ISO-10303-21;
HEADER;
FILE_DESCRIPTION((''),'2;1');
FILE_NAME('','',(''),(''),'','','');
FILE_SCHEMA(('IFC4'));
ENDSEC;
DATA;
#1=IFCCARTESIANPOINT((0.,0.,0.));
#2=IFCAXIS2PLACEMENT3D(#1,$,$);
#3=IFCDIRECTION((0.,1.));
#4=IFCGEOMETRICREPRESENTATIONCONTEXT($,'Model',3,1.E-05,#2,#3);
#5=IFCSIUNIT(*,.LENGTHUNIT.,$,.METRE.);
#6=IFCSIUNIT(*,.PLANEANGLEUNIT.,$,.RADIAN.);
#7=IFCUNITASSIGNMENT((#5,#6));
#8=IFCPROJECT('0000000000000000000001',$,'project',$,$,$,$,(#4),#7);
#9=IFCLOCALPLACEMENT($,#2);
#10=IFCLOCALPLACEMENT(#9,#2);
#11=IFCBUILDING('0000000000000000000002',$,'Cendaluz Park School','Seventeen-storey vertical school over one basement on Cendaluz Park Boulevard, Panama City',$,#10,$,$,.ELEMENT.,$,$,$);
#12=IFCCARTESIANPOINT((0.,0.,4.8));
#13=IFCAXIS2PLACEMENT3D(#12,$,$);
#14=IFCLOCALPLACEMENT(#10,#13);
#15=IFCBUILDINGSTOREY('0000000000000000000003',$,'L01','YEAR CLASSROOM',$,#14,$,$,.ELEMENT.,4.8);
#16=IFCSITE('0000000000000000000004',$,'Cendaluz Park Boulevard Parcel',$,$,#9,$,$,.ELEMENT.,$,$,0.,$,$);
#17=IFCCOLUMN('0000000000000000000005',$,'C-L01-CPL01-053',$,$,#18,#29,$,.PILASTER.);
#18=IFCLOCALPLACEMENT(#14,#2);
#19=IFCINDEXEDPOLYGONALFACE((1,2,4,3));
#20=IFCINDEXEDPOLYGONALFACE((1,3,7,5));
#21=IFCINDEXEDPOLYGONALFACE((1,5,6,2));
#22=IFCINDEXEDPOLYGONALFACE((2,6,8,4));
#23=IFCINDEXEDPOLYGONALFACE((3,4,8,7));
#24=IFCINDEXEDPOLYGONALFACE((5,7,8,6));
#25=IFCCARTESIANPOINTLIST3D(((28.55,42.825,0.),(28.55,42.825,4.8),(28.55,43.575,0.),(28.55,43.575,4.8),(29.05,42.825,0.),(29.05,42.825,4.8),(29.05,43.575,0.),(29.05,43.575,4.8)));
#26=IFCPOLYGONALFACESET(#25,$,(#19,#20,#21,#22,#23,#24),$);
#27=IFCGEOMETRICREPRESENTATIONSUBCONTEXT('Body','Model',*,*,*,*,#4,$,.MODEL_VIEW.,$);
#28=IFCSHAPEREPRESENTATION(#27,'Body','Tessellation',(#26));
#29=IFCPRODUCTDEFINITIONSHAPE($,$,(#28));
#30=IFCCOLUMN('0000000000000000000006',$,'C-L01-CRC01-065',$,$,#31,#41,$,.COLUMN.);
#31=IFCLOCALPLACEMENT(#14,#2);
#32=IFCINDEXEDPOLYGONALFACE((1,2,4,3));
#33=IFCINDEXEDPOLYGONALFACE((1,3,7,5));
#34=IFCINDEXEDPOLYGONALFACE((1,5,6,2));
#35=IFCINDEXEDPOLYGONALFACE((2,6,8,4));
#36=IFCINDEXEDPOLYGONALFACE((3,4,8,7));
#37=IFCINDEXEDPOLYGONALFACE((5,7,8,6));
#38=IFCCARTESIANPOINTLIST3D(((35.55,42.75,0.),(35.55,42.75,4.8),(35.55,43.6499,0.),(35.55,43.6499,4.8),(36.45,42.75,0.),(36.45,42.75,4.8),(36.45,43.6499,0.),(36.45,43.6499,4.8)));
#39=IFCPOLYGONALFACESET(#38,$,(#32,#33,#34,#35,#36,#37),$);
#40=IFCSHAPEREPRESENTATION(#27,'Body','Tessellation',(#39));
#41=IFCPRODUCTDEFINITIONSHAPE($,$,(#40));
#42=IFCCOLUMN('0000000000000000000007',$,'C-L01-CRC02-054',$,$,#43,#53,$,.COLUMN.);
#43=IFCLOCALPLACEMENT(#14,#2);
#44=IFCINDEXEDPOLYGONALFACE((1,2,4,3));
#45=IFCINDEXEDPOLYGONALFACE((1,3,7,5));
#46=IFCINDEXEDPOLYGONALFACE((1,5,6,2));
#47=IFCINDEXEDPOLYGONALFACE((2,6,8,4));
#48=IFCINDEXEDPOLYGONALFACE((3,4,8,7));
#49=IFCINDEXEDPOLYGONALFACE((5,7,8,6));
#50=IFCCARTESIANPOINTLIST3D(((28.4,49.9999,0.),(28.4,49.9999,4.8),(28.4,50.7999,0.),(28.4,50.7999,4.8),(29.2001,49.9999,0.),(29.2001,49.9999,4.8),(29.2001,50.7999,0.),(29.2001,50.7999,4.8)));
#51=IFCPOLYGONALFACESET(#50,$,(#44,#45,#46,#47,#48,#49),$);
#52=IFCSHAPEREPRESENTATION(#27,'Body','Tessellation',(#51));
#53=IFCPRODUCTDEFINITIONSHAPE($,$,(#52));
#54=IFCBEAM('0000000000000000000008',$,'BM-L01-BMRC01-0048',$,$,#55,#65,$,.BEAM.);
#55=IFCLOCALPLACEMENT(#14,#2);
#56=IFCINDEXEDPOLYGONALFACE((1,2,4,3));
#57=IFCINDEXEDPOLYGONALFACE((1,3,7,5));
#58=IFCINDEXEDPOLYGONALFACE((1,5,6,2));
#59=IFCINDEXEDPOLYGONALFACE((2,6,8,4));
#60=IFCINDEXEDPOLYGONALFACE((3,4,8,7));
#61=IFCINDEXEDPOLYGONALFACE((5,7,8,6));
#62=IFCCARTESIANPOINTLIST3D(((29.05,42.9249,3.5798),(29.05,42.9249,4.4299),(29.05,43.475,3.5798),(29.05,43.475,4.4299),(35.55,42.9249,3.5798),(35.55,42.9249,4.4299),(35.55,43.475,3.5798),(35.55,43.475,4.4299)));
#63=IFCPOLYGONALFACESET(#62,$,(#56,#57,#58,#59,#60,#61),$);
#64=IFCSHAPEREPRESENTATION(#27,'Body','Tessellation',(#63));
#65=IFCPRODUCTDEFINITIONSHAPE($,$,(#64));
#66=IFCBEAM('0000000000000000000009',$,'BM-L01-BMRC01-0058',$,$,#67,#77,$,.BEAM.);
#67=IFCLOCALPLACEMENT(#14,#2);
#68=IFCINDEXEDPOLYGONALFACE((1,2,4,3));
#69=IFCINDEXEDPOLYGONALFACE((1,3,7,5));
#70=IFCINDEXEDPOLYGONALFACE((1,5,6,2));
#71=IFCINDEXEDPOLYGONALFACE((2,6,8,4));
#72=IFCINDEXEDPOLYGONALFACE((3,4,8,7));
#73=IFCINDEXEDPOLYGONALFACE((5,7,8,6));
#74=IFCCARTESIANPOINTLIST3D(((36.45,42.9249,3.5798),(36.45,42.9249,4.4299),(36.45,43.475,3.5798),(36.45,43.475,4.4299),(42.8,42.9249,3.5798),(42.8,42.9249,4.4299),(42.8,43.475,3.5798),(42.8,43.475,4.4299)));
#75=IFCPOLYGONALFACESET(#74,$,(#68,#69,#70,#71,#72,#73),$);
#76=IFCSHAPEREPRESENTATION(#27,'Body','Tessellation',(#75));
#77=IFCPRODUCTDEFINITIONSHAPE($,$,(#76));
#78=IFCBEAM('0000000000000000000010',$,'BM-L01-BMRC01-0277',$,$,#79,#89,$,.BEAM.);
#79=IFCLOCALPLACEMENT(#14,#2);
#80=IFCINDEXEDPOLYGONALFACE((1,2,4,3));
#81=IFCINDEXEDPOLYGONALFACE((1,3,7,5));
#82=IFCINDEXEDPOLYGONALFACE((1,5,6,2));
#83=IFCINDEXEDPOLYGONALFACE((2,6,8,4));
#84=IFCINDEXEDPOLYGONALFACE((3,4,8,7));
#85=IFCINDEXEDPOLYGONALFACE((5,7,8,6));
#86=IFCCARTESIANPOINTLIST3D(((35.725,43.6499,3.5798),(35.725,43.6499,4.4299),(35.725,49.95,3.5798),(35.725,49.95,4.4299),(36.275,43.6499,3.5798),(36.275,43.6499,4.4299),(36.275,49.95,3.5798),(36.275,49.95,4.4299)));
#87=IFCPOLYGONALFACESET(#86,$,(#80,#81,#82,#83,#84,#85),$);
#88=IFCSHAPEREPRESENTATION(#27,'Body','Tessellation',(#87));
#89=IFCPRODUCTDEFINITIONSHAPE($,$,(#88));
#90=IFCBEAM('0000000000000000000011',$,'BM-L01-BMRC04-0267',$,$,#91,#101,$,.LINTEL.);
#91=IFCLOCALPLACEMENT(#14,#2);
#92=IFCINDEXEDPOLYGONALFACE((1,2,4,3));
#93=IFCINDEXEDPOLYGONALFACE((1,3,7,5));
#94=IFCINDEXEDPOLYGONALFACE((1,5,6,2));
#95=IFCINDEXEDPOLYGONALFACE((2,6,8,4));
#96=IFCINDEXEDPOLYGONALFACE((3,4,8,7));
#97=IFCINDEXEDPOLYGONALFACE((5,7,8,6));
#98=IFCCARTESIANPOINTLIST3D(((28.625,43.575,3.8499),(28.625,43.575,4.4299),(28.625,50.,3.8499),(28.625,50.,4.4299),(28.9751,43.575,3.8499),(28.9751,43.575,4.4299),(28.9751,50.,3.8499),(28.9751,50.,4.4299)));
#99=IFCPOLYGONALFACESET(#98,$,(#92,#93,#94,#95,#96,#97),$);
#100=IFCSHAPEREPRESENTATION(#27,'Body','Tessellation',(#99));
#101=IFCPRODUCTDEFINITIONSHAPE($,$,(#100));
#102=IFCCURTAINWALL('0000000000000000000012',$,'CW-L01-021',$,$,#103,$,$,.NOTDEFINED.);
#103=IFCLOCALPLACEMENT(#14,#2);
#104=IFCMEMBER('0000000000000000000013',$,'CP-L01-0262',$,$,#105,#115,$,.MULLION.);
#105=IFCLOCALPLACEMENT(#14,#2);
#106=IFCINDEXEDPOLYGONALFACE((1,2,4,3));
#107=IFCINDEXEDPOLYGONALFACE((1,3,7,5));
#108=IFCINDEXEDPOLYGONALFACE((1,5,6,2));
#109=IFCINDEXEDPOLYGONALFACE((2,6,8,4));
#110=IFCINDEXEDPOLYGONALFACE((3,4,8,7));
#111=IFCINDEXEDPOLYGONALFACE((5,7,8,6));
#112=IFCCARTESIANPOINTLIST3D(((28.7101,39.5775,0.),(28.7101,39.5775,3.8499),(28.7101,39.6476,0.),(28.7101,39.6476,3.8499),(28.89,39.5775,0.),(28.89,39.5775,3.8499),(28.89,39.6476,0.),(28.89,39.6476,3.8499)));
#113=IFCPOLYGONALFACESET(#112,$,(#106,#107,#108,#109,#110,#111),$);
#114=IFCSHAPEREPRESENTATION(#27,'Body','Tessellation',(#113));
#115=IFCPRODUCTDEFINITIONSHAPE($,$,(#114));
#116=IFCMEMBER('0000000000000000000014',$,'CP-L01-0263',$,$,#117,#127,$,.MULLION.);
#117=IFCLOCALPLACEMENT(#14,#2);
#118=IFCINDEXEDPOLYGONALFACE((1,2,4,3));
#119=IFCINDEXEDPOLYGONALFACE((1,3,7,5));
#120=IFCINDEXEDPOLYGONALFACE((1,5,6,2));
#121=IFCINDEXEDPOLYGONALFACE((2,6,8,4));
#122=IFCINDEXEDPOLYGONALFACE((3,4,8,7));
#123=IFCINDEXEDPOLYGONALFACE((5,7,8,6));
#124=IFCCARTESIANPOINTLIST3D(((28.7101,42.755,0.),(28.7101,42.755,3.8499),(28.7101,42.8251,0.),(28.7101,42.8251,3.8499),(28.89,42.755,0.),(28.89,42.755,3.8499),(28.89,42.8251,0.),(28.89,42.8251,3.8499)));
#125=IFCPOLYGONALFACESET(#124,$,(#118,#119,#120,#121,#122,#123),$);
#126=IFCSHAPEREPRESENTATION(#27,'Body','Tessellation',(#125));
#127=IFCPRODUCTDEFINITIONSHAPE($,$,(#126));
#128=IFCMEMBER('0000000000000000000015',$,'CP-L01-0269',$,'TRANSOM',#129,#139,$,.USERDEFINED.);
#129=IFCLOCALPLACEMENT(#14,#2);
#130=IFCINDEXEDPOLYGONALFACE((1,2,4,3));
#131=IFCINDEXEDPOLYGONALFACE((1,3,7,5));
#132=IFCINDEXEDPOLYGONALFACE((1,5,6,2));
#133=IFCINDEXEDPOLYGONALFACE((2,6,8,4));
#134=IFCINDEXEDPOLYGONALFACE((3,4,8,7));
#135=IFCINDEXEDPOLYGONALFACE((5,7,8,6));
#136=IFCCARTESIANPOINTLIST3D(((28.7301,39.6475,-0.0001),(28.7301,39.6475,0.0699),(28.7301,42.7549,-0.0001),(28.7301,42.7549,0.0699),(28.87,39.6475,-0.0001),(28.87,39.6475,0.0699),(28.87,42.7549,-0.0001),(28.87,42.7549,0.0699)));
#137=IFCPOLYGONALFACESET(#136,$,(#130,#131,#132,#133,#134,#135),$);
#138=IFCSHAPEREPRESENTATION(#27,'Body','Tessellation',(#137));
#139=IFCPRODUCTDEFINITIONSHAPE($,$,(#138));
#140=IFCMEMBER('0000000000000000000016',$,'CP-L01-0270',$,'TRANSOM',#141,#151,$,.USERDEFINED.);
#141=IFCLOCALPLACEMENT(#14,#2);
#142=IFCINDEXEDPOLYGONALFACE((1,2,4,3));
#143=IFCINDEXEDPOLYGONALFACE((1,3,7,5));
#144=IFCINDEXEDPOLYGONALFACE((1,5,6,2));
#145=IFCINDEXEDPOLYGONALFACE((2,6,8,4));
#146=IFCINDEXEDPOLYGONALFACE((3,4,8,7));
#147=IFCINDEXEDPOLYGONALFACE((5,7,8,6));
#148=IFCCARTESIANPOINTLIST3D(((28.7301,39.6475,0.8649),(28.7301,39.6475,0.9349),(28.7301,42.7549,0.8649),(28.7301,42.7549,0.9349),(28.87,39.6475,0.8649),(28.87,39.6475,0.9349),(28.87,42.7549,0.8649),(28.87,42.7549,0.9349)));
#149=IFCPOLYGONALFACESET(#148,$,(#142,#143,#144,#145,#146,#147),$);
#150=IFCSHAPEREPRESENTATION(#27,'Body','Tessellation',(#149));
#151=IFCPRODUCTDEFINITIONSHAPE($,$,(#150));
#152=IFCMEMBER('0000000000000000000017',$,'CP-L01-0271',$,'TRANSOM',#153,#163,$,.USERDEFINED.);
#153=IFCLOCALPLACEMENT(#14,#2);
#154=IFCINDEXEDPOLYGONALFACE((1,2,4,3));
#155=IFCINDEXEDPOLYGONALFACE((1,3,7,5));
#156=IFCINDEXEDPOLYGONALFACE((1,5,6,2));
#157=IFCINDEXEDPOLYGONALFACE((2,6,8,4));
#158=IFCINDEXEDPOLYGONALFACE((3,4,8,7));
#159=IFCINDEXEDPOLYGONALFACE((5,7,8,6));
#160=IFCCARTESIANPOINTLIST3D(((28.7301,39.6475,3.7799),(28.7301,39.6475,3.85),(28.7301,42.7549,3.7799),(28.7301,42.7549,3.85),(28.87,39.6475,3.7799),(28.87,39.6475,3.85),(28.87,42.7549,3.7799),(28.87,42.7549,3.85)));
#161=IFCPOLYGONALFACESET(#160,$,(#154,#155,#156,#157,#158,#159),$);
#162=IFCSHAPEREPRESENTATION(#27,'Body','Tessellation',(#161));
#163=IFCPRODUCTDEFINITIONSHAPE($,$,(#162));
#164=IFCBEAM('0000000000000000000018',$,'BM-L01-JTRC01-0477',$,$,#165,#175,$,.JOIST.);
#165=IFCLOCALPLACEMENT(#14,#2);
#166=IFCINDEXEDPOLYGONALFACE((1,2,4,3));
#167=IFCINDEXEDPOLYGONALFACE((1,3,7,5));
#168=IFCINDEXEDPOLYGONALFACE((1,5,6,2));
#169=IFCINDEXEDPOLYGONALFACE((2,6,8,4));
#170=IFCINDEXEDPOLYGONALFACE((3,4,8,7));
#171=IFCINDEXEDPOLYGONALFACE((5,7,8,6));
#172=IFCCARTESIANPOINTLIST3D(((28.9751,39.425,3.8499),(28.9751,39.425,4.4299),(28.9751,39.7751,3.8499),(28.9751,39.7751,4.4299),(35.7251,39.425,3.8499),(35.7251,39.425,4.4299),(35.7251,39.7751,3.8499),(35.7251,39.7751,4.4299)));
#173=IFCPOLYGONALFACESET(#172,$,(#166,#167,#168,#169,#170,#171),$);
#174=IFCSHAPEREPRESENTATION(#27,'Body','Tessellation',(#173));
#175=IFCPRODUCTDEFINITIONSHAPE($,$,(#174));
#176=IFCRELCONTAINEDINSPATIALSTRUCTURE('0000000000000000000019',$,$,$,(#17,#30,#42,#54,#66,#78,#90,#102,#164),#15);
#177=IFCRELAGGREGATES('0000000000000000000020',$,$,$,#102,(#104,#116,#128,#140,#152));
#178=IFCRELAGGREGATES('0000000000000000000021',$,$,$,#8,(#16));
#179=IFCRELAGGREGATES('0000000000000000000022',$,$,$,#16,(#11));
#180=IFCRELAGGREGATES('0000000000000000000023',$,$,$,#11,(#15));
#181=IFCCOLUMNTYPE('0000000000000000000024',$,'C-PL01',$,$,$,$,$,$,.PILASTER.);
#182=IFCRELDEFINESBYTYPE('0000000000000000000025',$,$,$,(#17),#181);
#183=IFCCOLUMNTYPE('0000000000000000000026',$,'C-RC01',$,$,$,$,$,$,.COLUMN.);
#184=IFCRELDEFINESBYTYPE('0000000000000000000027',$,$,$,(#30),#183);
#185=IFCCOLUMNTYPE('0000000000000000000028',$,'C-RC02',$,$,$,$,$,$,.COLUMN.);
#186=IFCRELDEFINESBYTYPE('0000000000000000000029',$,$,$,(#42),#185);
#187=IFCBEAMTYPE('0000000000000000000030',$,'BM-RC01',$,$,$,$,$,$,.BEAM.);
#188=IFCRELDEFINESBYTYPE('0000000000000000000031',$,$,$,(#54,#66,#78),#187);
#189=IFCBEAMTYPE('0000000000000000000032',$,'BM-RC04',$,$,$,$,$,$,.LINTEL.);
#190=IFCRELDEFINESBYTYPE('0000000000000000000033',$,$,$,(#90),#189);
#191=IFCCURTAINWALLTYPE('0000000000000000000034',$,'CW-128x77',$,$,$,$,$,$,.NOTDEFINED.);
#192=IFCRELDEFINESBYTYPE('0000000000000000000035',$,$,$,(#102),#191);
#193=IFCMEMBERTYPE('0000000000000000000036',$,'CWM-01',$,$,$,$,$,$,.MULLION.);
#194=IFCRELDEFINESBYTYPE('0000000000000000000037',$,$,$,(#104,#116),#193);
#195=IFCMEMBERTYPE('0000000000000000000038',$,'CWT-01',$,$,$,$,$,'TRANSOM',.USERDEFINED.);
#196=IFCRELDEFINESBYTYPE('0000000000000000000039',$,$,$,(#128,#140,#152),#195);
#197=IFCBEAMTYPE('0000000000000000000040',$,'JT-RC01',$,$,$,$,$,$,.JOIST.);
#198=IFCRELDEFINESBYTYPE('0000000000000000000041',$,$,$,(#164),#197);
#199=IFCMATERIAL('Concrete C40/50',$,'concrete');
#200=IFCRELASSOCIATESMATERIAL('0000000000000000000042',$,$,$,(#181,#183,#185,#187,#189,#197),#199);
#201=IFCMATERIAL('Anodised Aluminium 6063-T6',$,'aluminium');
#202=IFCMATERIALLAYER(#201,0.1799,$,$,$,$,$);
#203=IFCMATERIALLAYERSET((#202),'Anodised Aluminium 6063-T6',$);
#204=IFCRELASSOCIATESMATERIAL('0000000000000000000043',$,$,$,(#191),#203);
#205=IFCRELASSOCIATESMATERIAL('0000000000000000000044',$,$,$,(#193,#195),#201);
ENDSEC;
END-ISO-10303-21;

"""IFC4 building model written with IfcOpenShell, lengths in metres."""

from ifc_helpers import new_model, si_unit, direction, frame, origin, origin_2d, place, context, subcontext, project, spatial, rectangle, extrude, material, layer, layer_set, material_profile, profile_set, type_object, element, aggregate, save


model = new_model("IFC4")

# Units and contexts
model_context = context("Model", 3, precision=1e-05, world=origin(), true_north=direction((0.0, 1.0)))
body_context = subcontext(model_context, "Body", "Model", "MODEL_VIEW")
ifc_project = project(units=[si_unit("LENGTHUNIT", "METRE"), si_unit("PLANEANGLEUNIT", "RADIAN")], contexts=[model_context])

# Site, building, storey
site_placement = place(None, origin())
site = spatial("IfcSite", under=ifc_project, at=site_placement, Name="Cendaluz Park Boulevard Parcel", CompositionType="ELEMENT", RefElevation=0.0)
building_placement = place(site_placement, origin())
building = spatial("IfcBuilding", under=site, at=building_placement, Name="Cendaluz Park School", Description="Seventeen-storey vertical school over one basement on Cendaluz Park Boulevard, Panama City", CompositionType="ELEMENT")
storey_placement = place(building_placement, frame((0.0, 0.0, 4.8)))
storey = spatial("IfcBuildingStorey", under=building, at=storey_placement, Name="L01", Description="YEAR CLASSROOM", CompositionType="ELEMENT", Elevation=4.8)

# Columns
ifc_material_1 = material(Name="Concrete C40/50", Category="concrete")
ifc_material_profile_1 = material_profile(ifc_material_1, rectangle(XDim=0.5, YDim=0.75, at=origin_2d()), Name="RC 500x750", Category="concrete")
ifc_profile_set_1 = profile_set([ifc_material_profile_1], Name="Concrete C40/50")
column_type_1 = type_object("IfcColumnType", Name="C-PL01", PredefinedType="PILASTER", material=ifc_profile_set_1)
column_1_placement = place(storey_placement, frame((28.8, 43.2, 0.0), z_axis=(0.0, 0.0, 1.0), x_axis=(1.0, 0.0, 0.0)))
element("IfcColumn", 1, at=column_1_placement, inside=storey, type_object=column_type_1, Name="C-L01-CPL01-053", PredefinedType="PILASTER", context=body_context, shape_type="SweptSolid", body=[
    extrude(rectangle(XDim=0.5, YDim=0.75, at=origin_2d()), origin(), (0.0, 0.0, 1.0), 4.8),
])
ifc_material_profile_2 = material_profile(ifc_material_1, rectangle(XDim=0.8999, YDim=0.8999, at=origin_2d()), Name="RC 900x900", Category="concrete")
ifc_profile_set_2 = profile_set([ifc_material_profile_2], Name="Concrete C40/50")
column_type_2 = type_object("IfcColumnType", Name="C-RC01", PredefinedType="COLUMN", material=ifc_profile_set_2)
column_2_placement = place(storey_placement, frame((36.0, 43.2, 0.0), z_axis=(0.0, 0.0, 1.0), x_axis=(1.0, 0.0, 0.0)))
element("IfcColumn", 2, at=column_2_placement, inside=storey, type_object=column_type_2, Name="C-L01-CRC01-065", PredefinedType="COLUMN", context=body_context, shape_type="SweptSolid", body=[
    extrude(rectangle(XDim=0.8999, YDim=0.8999, at=origin_2d()), origin(), (0.0, 0.0, 1.0), 4.8),
])
ifc_material_profile_3 = material_profile(ifc_material_1, rectangle(XDim=0.8, YDim=0.8, at=origin_2d()), Name="RC 800x800", Category="concrete")
ifc_profile_set_3 = profile_set([ifc_material_profile_3], Name="Concrete C40/50")
column_type_3 = type_object("IfcColumnType", Name="C-RC02", PredefinedType="COLUMN", material=ifc_profile_set_3)
column_3_placement = place(storey_placement, frame((28.8, 50.3999, 0.0), z_axis=(0.0, 0.0, 1.0), x_axis=(1.0, 0.0, 0.0)))
element("IfcColumn", 3, at=column_3_placement, inside=storey, type_object=column_type_3, Name="C-L01-CRC02-054", PredefinedType="COLUMN", context=body_context, shape_type="SweptSolid", body=[
    extrude(rectangle(XDim=0.8, YDim=0.8, at=origin_2d()), origin(), (0.0, 0.0, 1.0), 4.8),
])

# Beams
ifc_material_profile_4 = material_profile(ifc_material_1, rectangle(XDim=0.55, YDim=0.8501, at=origin_2d()), Name="RC 550x850", Category="concrete")
ifc_profile_set_4 = profile_set([ifc_material_profile_4], Name="Concrete C40/50")
beam_type_1 = type_object("IfcBeamType", Name="BM-RC01", PredefinedType="BEAM", material=ifc_profile_set_4)
beam_1_placement = place(storey_placement, frame((29.05, 43.2, 4.0049), z_axis=(1.0, 0.0, 0.0), x_axis=(0.0, 1.0, 0.0)))
element("IfcBeam", 4, at=beam_1_placement, inside=storey, type_object=beam_type_1, Name="BM-L01-BMRC01-0048", PredefinedType="BEAM", context=body_context, shape_type="SweptSolid", body=[
    extrude(rectangle(XDim=0.55, YDim=0.8501, at=origin_2d()), origin(), (0.0, 0.0, 1.0), 6.5),
])
beam_2_placement = place(storey_placement, frame((36.45, 43.2, 4.0049), z_axis=(1.0, 0.0, 0.0), x_axis=(0.0, 1.0, 0.0)))
element("IfcBeam", 5, at=beam_2_placement, inside=storey, type_object=beam_type_1, Name="BM-L01-BMRC01-0058", PredefinedType="BEAM", context=body_context, shape_type="SweptSolid", body=[
    extrude(rectangle(XDim=0.55, YDim=0.8501, at=origin_2d()), origin(), (0.0, 0.0, 1.0), 6.3501),
])
beam_3_placement = place(storey_placement, frame((36.0, 43.6499, 4.0049), z_axis=(0.0, 1.0, 0.0), x_axis=(-1.0, 0.0, 0.0)))
element("IfcBeam", 6, at=beam_3_placement, inside=storey, type_object=beam_type_1, Name="BM-L01-BMRC01-0277", PredefinedType="BEAM", context=body_context, shape_type="SweptSolid", body=[
    extrude(rectangle(XDim=0.55, YDim=0.8501, at=origin_2d()), origin(), (0.0, 0.0, 1.0), 6.3),
])
ifc_material_profile_5 = material_profile(ifc_material_1, rectangle(XDim=0.3501, YDim=0.5801, at=origin_2d()), Name="RC 350x580", Category="concrete")
ifc_profile_set_5 = profile_set([ifc_material_profile_5], Name="Concrete C40/50")
beam_type_2 = type_object("IfcBeamType", Name="BM-RC04", PredefinedType="LINTEL", material=ifc_profile_set_5)
beam_4_placement = place(storey_placement, frame((28.8, 43.575, 4.1399), z_axis=(0.0, 1.0, 0.0), x_axis=(-1.0, 0.0, 0.0)))
element("IfcBeam", 7, at=beam_4_placement, inside=storey, type_object=beam_type_2, Name="BM-L01-BMRC04-0267", PredefinedType="LINTEL", context=body_context, shape_type="SweptSolid", body=[
    extrude(rectangle(XDim=0.3501, YDim=0.5801, at=origin_2d()), origin(), (0.0, 0.0, 1.0), 6.425),
])

# Curtain wall, members
ifc_material_2 = material(Name="Anodised Aluminium 6063-T6", Category="aluminium")
ifc_layer_1 = layer(ifc_material_2, 0.1799)
ifc_layer_set_1 = layer_set([ifc_layer_1], Name="Anodised Aluminium 6063-T6")
curtain_wall_type = type_object("IfcCurtainWallType", Name="CW-128x77", PredefinedType="NOTDEFINED", material=ifc_layer_set_1)
curtain_wall_placement = place(storey_placement, origin())
curtain_wall = element("IfcCurtainWall", 8, at=curtain_wall_placement, inside=storey, type_object=curtain_wall_type, Name="CW-L01-021", PredefinedType="NOTDEFINED")
ifc_material_profile_6 = material_profile(ifc_material_2, rectangle(XDim=0.1799, YDim=0.0701, at=origin_2d()), Name="CWM 180x70", Category="aluminium")
ifc_profile_set_6 = profile_set([ifc_material_profile_6], Name="Anodised Aluminium 6063-T6")
member_type_1 = type_object("IfcMemberType", Name="CWM-01", PredefinedType="MULLION", material=ifc_profile_set_6)
member_1_placement = place(storey_placement, frame((28.8, 39.6125, 0.0), z_axis=(0.0, 0.0, 1.0), x_axis=(-1.0, 0.0, 0.0)))
member_1 = element("IfcMember", 9, at=member_1_placement, type_object=member_type_1, Name="CP-L01-0262", PredefinedType="MULLION", context=body_context, shape_type="SweptSolid", body=[
    extrude(rectangle(XDim=0.1799, YDim=0.0701, at=origin_2d()), origin(), (0.0, 0.0, 1.0), 3.8499),
])
member_2_placement = place(storey_placement, frame((28.8, 42.79, 0.0), z_axis=(0.0, 0.0, 1.0), x_axis=(-1.0, 0.0, 0.0)))
member_2 = element("IfcMember", 10, at=member_2_placement, type_object=member_type_1, Name="CP-L01-0263", PredefinedType="MULLION", context=body_context, shape_type="SweptSolid", body=[
    extrude(rectangle(XDim=0.1799, YDim=0.0701, at=origin_2d()), origin(), (0.0, 0.0, 1.0), 3.8499),
])
ifc_material_profile_7 = material_profile(ifc_material_2, rectangle(XDim=0.1399, YDim=0.0701, at=origin_2d()), Name="CWT 140x70", Category="aluminium")
ifc_profile_set_7 = profile_set([ifc_material_profile_7], Name="Anodised Aluminium 6063-T6")
member_type_2 = type_object("IfcMemberType", Name="CWT-01", ElementType="TRANSOM", PredefinedType="USERDEFINED", material=ifc_profile_set_7)
member_3_placement = place(storey_placement, frame((28.8, 39.6475, 0.0349), z_axis=(0.0, 1.0, 0.0), x_axis=(-1.0, 0.0, 0.0)))
member_3 = element("IfcMember", 11, at=member_3_placement, type_object=member_type_2, Name="CP-L01-0269", ObjectType="TRANSOM", PredefinedType="USERDEFINED", context=body_context, shape_type="SweptSolid", body=[
    extrude(rectangle(XDim=0.1399, YDim=0.0701, at=origin_2d()), origin(), (0.0, 0.0, 1.0), 3.1074),
])
member_4_placement = place(storey_placement, frame((28.8, 39.6475, 0.8999), z_axis=(0.0, 1.0, 0.0), x_axis=(-1.0, 0.0, 0.0)))
member_4 = element("IfcMember", 12, at=member_4_placement, type_object=member_type_2, Name="CP-L01-0270", ObjectType="TRANSOM", PredefinedType="USERDEFINED", context=body_context, shape_type="SweptSolid", body=[
    extrude(rectangle(XDim=0.1399, YDim=0.0701, at=origin_2d()), origin(), (0.0, 0.0, 1.0), 3.1074),
])
member_5_placement = place(storey_placement, frame((28.8, 39.6475, 3.8149), z_axis=(0.0, 1.0, 0.0), x_axis=(-1.0, 0.0, 0.0)))
member_5 = element("IfcMember", 13, at=member_5_placement, type_object=member_type_2, Name="CP-L01-0271", ObjectType="TRANSOM", PredefinedType="USERDEFINED", context=body_context, shape_type="SweptSolid", body=[
    extrude(rectangle(XDim=0.1399, YDim=0.0701, at=origin_2d()), origin(), (0.0, 0.0, 1.0), 3.1074),
])

# Beam
ifc_material_profile_8 = material_profile(ifc_material_1, rectangle(XDim=0.3501, YDim=0.5801, at=origin_2d()), Name="RC 350x580", Category="concrete")
ifc_profile_set_8 = profile_set([ifc_material_profile_8], Name="Concrete C40/50")
beam_type_3 = type_object("IfcBeamType", Name="JT-RC01", PredefinedType="JOIST", material=ifc_profile_set_8)
beam_5_placement = place(storey_placement, frame((28.9751, 39.6001, 4.1399), z_axis=(1.0, 0.0, 0.0), x_axis=(0.0, 1.0, 0.0)))
element("IfcBeam", 14, at=beam_5_placement, inside=storey, type_object=beam_type_3, Name="BM-L01-JTRC01-0477", PredefinedType="JOIST", context=body_context, shape_type="SweptSolid", body=[
    extrude(rectangle(XDim=0.3501, YDim=0.5801, at=origin_2d()), origin(), (0.0, 0.0, 1.0), 6.75),
])

aggregate(curtain_wall, [member_1, member_2, member_3, member_4, member_5])

save(model, "model.ifc")
